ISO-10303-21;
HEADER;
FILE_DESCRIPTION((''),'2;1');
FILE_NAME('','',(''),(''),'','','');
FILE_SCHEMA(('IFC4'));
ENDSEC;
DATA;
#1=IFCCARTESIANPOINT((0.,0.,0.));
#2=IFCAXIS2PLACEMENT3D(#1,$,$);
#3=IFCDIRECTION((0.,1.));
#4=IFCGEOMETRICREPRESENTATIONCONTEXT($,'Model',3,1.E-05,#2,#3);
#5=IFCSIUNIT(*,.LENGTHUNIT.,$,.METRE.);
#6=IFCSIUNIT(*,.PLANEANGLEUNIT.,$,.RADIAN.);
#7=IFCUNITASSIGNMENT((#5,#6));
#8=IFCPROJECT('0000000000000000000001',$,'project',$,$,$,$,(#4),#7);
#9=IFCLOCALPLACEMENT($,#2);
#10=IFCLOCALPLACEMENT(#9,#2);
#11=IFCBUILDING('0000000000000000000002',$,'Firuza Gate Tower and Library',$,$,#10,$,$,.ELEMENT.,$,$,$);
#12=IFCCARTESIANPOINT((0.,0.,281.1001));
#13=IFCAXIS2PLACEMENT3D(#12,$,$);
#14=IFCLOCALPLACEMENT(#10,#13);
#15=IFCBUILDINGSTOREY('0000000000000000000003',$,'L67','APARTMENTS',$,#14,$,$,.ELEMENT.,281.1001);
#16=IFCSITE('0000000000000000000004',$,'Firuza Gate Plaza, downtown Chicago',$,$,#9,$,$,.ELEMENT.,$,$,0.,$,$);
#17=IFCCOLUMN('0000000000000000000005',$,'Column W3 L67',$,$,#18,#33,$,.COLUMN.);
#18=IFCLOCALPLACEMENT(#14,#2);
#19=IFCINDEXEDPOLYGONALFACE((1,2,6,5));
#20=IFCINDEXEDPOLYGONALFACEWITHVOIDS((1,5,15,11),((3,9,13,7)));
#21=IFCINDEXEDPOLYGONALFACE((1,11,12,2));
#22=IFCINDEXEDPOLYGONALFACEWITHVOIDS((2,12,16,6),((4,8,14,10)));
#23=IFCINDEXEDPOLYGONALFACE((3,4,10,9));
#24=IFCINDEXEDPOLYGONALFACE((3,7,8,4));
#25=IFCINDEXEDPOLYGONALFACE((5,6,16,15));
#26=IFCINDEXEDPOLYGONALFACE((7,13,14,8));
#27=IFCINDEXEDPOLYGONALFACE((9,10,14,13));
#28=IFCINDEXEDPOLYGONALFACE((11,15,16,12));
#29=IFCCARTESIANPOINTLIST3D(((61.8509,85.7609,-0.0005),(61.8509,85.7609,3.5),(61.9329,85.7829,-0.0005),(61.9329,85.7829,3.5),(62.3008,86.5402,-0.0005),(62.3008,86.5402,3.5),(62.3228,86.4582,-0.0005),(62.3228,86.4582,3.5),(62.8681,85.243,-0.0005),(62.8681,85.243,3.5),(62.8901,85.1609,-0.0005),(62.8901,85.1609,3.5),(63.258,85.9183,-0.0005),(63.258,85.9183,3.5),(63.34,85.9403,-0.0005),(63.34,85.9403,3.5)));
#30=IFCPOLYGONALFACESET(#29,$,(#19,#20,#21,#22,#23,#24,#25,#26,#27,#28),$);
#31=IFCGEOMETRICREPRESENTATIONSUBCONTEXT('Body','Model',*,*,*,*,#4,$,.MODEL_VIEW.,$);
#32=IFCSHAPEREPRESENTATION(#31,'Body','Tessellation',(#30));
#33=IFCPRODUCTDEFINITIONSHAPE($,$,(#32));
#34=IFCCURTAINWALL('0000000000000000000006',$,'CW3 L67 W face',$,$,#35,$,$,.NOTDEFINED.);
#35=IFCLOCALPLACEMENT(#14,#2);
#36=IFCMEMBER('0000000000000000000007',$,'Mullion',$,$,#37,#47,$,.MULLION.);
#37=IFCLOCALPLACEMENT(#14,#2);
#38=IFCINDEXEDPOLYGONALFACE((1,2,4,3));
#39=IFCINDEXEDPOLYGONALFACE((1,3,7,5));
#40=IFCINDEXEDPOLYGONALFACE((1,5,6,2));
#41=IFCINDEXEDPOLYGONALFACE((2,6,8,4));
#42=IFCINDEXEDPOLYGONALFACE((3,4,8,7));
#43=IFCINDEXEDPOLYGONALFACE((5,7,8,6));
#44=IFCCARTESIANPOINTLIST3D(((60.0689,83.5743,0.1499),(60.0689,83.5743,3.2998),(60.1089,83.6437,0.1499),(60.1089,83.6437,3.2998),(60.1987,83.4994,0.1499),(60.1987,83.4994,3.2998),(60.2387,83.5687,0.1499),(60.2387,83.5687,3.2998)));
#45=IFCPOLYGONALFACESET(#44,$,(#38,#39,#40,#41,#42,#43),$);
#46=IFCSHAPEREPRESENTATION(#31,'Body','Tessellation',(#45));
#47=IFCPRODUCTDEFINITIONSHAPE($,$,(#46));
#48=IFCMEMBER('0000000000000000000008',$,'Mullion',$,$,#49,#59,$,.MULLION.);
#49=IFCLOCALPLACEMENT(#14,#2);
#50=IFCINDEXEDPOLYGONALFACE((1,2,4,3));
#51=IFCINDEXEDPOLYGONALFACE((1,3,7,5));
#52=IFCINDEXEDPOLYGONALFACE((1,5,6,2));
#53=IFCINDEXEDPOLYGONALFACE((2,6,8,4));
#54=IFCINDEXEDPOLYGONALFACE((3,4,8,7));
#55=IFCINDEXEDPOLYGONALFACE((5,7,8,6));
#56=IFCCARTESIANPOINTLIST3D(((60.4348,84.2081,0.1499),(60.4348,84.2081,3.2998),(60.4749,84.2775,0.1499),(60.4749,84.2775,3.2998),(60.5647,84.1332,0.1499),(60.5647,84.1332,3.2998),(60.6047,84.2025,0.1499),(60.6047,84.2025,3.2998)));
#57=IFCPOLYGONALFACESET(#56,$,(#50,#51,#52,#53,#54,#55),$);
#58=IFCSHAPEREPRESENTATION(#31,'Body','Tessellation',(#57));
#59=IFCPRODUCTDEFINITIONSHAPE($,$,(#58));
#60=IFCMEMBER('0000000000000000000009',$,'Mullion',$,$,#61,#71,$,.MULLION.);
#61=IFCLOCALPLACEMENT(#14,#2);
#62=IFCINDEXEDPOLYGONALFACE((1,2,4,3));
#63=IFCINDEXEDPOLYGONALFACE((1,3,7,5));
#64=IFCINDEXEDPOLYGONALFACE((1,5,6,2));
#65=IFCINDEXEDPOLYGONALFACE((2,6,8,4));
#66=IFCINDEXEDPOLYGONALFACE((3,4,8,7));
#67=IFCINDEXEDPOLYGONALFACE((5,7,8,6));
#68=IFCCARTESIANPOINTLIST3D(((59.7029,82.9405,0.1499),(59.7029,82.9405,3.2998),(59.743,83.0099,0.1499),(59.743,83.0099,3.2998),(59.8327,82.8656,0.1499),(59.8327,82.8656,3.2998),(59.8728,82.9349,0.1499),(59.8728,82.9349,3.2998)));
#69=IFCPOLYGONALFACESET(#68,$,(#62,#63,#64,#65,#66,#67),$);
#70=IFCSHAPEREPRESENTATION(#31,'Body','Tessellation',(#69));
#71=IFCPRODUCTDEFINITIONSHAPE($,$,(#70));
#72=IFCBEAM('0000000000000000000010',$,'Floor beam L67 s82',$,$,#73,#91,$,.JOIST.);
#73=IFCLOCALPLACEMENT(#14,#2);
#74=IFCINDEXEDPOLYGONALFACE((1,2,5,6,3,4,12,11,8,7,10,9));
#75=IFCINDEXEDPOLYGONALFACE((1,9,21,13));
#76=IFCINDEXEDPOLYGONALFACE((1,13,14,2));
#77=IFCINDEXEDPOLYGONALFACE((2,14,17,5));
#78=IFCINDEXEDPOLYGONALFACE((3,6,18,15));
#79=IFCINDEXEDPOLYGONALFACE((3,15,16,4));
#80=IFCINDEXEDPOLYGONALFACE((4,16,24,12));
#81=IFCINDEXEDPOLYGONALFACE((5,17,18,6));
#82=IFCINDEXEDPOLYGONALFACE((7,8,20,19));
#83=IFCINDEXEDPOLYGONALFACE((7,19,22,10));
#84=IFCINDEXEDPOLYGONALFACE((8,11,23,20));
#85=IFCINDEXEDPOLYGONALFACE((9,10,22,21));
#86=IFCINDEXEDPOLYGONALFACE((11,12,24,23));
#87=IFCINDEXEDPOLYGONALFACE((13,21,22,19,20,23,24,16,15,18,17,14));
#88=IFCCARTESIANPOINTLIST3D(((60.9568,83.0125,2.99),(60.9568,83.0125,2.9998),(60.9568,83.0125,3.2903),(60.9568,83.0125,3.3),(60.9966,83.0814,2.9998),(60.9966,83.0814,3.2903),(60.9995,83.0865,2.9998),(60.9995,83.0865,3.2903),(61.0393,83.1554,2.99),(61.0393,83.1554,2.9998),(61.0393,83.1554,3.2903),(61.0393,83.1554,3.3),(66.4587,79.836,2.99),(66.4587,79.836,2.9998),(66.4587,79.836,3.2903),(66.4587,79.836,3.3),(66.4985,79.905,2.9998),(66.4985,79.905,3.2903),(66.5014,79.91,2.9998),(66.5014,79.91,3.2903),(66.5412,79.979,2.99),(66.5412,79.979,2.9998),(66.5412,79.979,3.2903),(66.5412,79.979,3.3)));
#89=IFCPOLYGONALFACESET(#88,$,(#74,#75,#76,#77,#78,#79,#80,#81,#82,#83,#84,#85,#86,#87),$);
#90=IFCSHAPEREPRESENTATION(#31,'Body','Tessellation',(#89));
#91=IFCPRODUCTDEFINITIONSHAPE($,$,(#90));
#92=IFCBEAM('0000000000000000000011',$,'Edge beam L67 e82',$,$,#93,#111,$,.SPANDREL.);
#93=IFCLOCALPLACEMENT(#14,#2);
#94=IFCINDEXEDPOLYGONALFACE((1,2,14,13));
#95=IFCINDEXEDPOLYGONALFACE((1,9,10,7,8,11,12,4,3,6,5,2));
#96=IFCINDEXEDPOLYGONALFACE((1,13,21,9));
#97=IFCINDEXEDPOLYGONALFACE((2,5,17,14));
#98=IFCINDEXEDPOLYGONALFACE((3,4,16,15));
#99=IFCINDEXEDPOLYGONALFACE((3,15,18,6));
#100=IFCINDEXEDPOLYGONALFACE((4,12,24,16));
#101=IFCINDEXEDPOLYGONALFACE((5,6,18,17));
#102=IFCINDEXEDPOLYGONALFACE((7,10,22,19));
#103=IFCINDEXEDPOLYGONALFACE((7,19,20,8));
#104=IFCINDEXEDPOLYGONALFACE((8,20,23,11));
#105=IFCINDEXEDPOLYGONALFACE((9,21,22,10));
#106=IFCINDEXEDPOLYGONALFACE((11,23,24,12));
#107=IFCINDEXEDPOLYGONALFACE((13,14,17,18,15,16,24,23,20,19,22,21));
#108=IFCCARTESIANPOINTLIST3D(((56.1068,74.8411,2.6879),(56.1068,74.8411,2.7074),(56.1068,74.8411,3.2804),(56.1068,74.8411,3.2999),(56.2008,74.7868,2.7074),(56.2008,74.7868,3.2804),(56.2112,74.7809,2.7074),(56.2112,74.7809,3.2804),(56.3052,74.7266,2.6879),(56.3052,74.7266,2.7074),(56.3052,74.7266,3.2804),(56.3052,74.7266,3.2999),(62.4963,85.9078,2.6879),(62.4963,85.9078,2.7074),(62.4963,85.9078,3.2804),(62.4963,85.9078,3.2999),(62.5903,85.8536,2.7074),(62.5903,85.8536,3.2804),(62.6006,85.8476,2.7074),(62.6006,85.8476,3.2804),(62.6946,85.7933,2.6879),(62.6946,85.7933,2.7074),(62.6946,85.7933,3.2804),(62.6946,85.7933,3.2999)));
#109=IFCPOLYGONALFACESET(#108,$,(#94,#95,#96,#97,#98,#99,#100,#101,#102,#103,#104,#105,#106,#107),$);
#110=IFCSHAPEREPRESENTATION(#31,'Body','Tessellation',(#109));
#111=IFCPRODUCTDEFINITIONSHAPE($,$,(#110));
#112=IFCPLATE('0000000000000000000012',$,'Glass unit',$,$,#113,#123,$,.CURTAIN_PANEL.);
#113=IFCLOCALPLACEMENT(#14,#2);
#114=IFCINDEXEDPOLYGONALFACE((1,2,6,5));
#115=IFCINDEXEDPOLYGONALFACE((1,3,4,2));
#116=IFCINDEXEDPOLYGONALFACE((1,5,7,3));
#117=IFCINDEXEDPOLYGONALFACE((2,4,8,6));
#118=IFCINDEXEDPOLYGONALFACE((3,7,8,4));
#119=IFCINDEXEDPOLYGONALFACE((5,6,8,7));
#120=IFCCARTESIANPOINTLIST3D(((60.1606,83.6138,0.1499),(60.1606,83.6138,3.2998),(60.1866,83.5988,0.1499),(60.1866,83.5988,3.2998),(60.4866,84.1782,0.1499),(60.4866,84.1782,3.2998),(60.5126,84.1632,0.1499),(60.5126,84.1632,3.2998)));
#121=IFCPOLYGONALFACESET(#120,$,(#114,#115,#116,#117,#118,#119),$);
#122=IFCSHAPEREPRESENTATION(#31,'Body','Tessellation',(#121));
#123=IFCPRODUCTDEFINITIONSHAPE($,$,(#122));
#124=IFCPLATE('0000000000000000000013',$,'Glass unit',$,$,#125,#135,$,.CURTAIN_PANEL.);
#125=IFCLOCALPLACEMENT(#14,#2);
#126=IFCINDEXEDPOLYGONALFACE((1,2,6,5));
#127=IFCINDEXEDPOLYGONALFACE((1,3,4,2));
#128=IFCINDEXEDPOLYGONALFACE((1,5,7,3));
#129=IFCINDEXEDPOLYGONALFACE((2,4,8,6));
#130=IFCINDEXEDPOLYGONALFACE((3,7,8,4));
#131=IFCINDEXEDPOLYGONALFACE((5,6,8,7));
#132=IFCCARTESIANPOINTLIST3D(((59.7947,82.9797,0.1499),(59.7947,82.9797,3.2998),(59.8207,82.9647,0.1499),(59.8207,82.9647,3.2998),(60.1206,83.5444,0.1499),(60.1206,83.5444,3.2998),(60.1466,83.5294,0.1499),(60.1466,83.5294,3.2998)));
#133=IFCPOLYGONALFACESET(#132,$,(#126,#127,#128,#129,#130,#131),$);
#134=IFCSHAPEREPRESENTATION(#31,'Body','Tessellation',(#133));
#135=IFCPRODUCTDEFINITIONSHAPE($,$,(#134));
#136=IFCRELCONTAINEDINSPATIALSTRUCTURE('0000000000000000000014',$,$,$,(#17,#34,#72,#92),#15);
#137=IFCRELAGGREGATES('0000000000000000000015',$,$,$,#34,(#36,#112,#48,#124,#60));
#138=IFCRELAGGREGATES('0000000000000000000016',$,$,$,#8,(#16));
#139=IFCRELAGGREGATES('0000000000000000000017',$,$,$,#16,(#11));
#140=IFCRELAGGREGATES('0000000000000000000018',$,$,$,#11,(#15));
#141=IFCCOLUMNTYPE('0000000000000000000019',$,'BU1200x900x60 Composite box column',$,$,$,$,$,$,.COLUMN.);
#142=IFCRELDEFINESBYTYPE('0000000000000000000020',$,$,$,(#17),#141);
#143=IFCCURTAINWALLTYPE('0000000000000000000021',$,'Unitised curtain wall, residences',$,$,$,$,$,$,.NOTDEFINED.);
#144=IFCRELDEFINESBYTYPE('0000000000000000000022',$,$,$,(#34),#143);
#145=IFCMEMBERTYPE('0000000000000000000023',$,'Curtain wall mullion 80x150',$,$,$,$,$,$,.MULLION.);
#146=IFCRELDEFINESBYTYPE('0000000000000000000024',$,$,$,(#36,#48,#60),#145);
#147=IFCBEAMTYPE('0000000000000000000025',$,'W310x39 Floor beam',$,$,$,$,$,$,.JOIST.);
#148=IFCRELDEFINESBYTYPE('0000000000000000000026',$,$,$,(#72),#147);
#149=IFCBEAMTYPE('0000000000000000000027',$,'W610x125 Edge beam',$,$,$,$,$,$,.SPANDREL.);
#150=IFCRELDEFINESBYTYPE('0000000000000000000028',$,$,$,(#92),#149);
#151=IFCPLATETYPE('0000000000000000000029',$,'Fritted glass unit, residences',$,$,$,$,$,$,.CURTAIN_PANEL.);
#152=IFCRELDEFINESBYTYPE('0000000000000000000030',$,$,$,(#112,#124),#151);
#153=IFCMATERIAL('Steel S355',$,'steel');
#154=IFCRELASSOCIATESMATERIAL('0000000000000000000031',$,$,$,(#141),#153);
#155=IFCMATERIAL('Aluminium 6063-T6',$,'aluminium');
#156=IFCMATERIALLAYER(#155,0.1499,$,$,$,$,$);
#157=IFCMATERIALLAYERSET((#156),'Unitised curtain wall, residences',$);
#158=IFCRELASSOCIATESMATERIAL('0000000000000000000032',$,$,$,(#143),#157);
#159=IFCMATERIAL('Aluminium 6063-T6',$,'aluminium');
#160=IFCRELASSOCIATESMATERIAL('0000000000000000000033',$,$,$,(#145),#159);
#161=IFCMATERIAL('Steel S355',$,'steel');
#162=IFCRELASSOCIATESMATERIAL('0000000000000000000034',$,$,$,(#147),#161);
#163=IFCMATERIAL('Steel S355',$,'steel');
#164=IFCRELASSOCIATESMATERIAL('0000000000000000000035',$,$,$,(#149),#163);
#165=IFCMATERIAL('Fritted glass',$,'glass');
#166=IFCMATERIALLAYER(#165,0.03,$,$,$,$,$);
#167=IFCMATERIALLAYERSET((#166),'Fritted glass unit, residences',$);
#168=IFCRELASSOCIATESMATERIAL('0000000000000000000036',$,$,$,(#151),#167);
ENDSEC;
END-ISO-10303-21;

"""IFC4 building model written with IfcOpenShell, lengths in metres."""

from ifc_helpers import new_model, si_unit, direction, frame, origin, origin_2d, place, context, subcontext, project, spatial, polyline, rectangle, hollow_rectangle, i_section, outline, extrude, material, layer, layer_set, material_profile, profile_set, type_object, element, aggregate, save


model = new_model("IFC4")

# Units and contexts
model_context = context("Model", 3, precision=1e-05, world=origin(), true_north=direction((0.0, 1.0)))
body_context = subcontext(model_context, "Body", "Model", "MODEL_VIEW")
ifc_project = project(units=[si_unit("LENGTHUNIT", "METRE"), si_unit("PLANEANGLEUNIT", "RADIAN")], contexts=[model_context])

# Site, building, storey
site_placement = place(None, origin())
site = spatial("IfcSite", under=ifc_project, at=site_placement, Name="Firuza Gate Plaza, downtown Chicago", CompositionType="ELEMENT", RefElevation=0.0)
building_placement = place(site_placement, origin())
building = spatial("IfcBuilding", under=site, at=building_placement, Name="Firuza Gate Tower and Library", CompositionType="ELEMENT")
storey_placement = place(building_placement, frame((0.0, 0.0, 281.1001)))
storey = spatial("IfcBuildingStorey", under=building, at=storey_placement, Name="L67", Description="APARTMENTS", CompositionType="ELEMENT", Elevation=281.1001)

# Column
ifc_material_1 = material(Name="Steel S355", Category="steel")
ifc_material_profile_1 = material_profile(ifc_material_1, hollow_rectangle(XDim=0.8999, YDim=1.2, WallThickness=0.0601, at=origin_2d()))
ifc_profile_set_1 = profile_set([ifc_material_profile_1], Name="Steel S355")
column_type = type_object("IfcColumnType", Name="BU1200x900x60 Composite box column", PredefinedType="COLUMN", material=ifc_profile_set_1)
column_placement = place(storey_placement, frame((62.5955, 85.8506, -0.0005), z_axis=(0.0, 0.0, 1.0), x_axis=(-0.5, -0.866025, 0.0)))
element("IfcColumn", 1, at=column_placement, inside=storey, type_object=column_type, Name="Column W3 L67", PredefinedType="COLUMN", context=body_context, shape_type="SweptSolid", body=[
    extrude(hollow_rectangle(XDim=0.8999, YDim=1.2, WallThickness=0.0601, at=origin_2d()), origin(), (0.0, 0.0, 1.0), 3.5005),
])

# Curtain wall, members
ifc_material_2 = material(Name="Aluminium 6063-T6", Category="aluminium")
ifc_layer_1 = layer(ifc_material_2, 0.1499)
ifc_layer_set_1 = layer_set([ifc_layer_1], Name="Unitised curtain wall, residences")
curtain_wall_type = type_object("IfcCurtainWallType", Name="Unitised curtain wall, residences", PredefinedType="NOTDEFINED", material=ifc_layer_set_1)
placement = place(storey_placement, origin())
curtain_wall = element("IfcCurtainWall", 2, at=placement, inside=storey, type_object=curtain_wall_type, Name="CW3 L67 W face", PredefinedType="NOTDEFINED")
ifc_material_3 = material(Name="Aluminium 6063-T6", Category="aluminium")
ifc_material_profile_2 = material_profile(ifc_material_3, rectangle(XDim=0.1499, YDim=0.0801, at=origin_2d()))
ifc_profile_set_2 = profile_set([ifc_material_profile_2], Name="Aluminium 6063-T6")
member_type = type_object("IfcMemberType", Name="Curtain wall mullion 80x150", PredefinedType="MULLION", material=ifc_profile_set_2)
member_1_placement = place(storey_placement, frame((60.1538, 83.5715, 0.1499), z_axis=(0.0, 0.0, 1.0), x_axis=(0.866025, -0.5, 0.0)))
member_1 = element("IfcMember", 3, at=member_1_placement, type_object=member_type, Name="Mullion", PredefinedType="MULLION", context=body_context, shape_type="SweptSolid", body=[
    extrude(rectangle(XDim=0.1499, YDim=0.0801, at=origin_2d()), origin(), (0.0, 0.0, 1.0), 3.1499),
])
member_2_placement = place(storey_placement, frame((60.5198, 84.2053, 0.1499), z_axis=(0.0, 0.0, 1.0), x_axis=(0.866025, -0.5, 0.0)))
member_2 = element("IfcMember", 4, at=member_2_placement, type_object=member_type, Name="Mullion", PredefinedType="MULLION", context=body_context, shape_type="SweptSolid", body=[
    extrude(rectangle(XDim=0.1499, YDim=0.0801, at=origin_2d()), origin(), (0.0, 0.0, 1.0), 3.1499),
])
member_3_placement = place(storey_placement, frame((59.7878, 82.9377, 0.1499), z_axis=(0.0, 0.0, 1.0), x_axis=(0.866025, -0.5, 0.0)))
member_3 = element("IfcMember", 5, at=member_3_placement, type_object=member_type, Name="Mullion", PredefinedType="MULLION", context=body_context, shape_type="SweptSolid", body=[
    extrude(rectangle(XDim=0.1499, YDim=0.0801, at=origin_2d()), origin(), (0.0, 0.0, 1.0), 3.1499),
])

# Beams
ifc_material_4 = material(Name="Steel S355", Category="steel")
ifc_material_profile_3 = material_profile(ifc_material_4, i_section(OverallWidth=0.165, OverallDepth=0.3101, WebThickness=0.0059, FlangeThickness=0.0098, at=origin_2d()))
ifc_profile_set_3 = profile_set([ifc_material_profile_3], Name="Steel S355")
beam_type_1 = type_object("IfcBeamType", Name="W310x39 Floor beam", PredefinedType="JOIST", material=ifc_profile_set_3)
beam_1_placement = place(storey_placement, frame((60.998, 83.084, 3.145), z_axis=(0.866028, -0.499995, 0.0), x_axis=(0.499995, 0.866028, 0.0)))
element("IfcBeam", 6, at=beam_1_placement, inside=storey, type_object=beam_type_1, Name="Floor beam L67 s82", PredefinedType="JOIST", context=body_context, shape_type="SweptSolid", body=[
    extrude(i_section(OverallWidth=0.165, OverallDepth=0.3101, WebThickness=0.0059, FlangeThickness=0.0098, at=origin_2d()), origin(), (0.0, 0.0, 1.0), 6.353),
])
ifc_material_5 = material(Name="Steel S355", Category="steel")
ifc_material_profile_4 = material_profile(ifc_material_5, i_section(OverallWidth=0.229, OverallDepth=0.6121, WebThickness=0.012, FlangeThickness=0.0195, at=origin_2d()))
ifc_profile_set_4 = profile_set([ifc_material_profile_4], Name="Steel S355")
beam_type_2 = type_object("IfcBeamType", Name="W610x125 Edge beam", PredefinedType="SPANDREL", material=ifc_profile_set_4)
beam_2_placement = place(storey_placement, frame((62.5955, 85.8506, 2.9939), z_axis=(-0.500004, -0.866023, 0.0), x_axis=(0.866023, -0.500004, 0.0)))
element("IfcBeam", 7, at=beam_2_placement, inside=storey, type_object=beam_type_2, Name="Edge beam L67 e82", PredefinedType="SPANDREL", context=body_context, shape_type="SweptSolid", body=[
    extrude(i_section(OverallWidth=0.229, OverallDepth=0.6121, WebThickness=0.012, FlangeThickness=0.0195, at=origin_2d()), origin(), (0.0, 0.0, 1.0), 12.7788),
])

# Plates
ifc_material_6 = material(Name="Fritted glass", Category="glass")
ifc_layer_2 = layer(ifc_material_6, 0.03)
ifc_layer_set_2 = layer_set([ifc_layer_2], Name="Fritted glass unit, residences")
plate_type = type_object("IfcPlateType", Name="Fritted glass unit, residences", PredefinedType="CURTAIN_PANEL", material=ifc_layer_set_2)
plate_1_placement = place(storey_placement, frame((60.4866, 84.1782, 0.1499), z_axis=(-0.865998, 0.500047, 0.0), x_axis=(-0.500047, -0.865998, 0.0)))
plate_1 = element("IfcPlate", 8, at=plate_1_placement, type_object=plate_type, Name="Glass unit", PredefinedType="CURTAIN_PANEL", context=body_context, shape_type="SweptSolid", body=[
    extrude(outline(polyline([(0.0, 0.0), (0.6518, 0.0), (0.6518, 3.1499), (0.0, 3.1499), (0.0, 0.0)])), origin(), (0.0, 0.0, -1.0), 0.03),
])
plate_2_placement = place(storey_placement, frame((60.1206, 83.5444, 0.1499), z_axis=(-0.866092, 0.499885, 0.0), x_axis=(-0.499885, -0.866092, 0.0)))
plate_2 = element("IfcPlate", 9, at=plate_2_placement, type_object=plate_type, Name="Glass unit", PredefinedType="CURTAIN_PANEL", context=body_context, shape_type="SweptSolid", body=[
    extrude(outline(polyline([(0.0, 0.0), (0.652, 0.0), (0.652, 3.1499), (0.0, 3.1499), (0.0, 0.0)])), origin(), (0.0, 0.0, -1.0), 0.03),
])
aggregate(curtain_wall, [member_1, plate_1, member_2, plate_2, member_3])

save(model, "model.ifc")
